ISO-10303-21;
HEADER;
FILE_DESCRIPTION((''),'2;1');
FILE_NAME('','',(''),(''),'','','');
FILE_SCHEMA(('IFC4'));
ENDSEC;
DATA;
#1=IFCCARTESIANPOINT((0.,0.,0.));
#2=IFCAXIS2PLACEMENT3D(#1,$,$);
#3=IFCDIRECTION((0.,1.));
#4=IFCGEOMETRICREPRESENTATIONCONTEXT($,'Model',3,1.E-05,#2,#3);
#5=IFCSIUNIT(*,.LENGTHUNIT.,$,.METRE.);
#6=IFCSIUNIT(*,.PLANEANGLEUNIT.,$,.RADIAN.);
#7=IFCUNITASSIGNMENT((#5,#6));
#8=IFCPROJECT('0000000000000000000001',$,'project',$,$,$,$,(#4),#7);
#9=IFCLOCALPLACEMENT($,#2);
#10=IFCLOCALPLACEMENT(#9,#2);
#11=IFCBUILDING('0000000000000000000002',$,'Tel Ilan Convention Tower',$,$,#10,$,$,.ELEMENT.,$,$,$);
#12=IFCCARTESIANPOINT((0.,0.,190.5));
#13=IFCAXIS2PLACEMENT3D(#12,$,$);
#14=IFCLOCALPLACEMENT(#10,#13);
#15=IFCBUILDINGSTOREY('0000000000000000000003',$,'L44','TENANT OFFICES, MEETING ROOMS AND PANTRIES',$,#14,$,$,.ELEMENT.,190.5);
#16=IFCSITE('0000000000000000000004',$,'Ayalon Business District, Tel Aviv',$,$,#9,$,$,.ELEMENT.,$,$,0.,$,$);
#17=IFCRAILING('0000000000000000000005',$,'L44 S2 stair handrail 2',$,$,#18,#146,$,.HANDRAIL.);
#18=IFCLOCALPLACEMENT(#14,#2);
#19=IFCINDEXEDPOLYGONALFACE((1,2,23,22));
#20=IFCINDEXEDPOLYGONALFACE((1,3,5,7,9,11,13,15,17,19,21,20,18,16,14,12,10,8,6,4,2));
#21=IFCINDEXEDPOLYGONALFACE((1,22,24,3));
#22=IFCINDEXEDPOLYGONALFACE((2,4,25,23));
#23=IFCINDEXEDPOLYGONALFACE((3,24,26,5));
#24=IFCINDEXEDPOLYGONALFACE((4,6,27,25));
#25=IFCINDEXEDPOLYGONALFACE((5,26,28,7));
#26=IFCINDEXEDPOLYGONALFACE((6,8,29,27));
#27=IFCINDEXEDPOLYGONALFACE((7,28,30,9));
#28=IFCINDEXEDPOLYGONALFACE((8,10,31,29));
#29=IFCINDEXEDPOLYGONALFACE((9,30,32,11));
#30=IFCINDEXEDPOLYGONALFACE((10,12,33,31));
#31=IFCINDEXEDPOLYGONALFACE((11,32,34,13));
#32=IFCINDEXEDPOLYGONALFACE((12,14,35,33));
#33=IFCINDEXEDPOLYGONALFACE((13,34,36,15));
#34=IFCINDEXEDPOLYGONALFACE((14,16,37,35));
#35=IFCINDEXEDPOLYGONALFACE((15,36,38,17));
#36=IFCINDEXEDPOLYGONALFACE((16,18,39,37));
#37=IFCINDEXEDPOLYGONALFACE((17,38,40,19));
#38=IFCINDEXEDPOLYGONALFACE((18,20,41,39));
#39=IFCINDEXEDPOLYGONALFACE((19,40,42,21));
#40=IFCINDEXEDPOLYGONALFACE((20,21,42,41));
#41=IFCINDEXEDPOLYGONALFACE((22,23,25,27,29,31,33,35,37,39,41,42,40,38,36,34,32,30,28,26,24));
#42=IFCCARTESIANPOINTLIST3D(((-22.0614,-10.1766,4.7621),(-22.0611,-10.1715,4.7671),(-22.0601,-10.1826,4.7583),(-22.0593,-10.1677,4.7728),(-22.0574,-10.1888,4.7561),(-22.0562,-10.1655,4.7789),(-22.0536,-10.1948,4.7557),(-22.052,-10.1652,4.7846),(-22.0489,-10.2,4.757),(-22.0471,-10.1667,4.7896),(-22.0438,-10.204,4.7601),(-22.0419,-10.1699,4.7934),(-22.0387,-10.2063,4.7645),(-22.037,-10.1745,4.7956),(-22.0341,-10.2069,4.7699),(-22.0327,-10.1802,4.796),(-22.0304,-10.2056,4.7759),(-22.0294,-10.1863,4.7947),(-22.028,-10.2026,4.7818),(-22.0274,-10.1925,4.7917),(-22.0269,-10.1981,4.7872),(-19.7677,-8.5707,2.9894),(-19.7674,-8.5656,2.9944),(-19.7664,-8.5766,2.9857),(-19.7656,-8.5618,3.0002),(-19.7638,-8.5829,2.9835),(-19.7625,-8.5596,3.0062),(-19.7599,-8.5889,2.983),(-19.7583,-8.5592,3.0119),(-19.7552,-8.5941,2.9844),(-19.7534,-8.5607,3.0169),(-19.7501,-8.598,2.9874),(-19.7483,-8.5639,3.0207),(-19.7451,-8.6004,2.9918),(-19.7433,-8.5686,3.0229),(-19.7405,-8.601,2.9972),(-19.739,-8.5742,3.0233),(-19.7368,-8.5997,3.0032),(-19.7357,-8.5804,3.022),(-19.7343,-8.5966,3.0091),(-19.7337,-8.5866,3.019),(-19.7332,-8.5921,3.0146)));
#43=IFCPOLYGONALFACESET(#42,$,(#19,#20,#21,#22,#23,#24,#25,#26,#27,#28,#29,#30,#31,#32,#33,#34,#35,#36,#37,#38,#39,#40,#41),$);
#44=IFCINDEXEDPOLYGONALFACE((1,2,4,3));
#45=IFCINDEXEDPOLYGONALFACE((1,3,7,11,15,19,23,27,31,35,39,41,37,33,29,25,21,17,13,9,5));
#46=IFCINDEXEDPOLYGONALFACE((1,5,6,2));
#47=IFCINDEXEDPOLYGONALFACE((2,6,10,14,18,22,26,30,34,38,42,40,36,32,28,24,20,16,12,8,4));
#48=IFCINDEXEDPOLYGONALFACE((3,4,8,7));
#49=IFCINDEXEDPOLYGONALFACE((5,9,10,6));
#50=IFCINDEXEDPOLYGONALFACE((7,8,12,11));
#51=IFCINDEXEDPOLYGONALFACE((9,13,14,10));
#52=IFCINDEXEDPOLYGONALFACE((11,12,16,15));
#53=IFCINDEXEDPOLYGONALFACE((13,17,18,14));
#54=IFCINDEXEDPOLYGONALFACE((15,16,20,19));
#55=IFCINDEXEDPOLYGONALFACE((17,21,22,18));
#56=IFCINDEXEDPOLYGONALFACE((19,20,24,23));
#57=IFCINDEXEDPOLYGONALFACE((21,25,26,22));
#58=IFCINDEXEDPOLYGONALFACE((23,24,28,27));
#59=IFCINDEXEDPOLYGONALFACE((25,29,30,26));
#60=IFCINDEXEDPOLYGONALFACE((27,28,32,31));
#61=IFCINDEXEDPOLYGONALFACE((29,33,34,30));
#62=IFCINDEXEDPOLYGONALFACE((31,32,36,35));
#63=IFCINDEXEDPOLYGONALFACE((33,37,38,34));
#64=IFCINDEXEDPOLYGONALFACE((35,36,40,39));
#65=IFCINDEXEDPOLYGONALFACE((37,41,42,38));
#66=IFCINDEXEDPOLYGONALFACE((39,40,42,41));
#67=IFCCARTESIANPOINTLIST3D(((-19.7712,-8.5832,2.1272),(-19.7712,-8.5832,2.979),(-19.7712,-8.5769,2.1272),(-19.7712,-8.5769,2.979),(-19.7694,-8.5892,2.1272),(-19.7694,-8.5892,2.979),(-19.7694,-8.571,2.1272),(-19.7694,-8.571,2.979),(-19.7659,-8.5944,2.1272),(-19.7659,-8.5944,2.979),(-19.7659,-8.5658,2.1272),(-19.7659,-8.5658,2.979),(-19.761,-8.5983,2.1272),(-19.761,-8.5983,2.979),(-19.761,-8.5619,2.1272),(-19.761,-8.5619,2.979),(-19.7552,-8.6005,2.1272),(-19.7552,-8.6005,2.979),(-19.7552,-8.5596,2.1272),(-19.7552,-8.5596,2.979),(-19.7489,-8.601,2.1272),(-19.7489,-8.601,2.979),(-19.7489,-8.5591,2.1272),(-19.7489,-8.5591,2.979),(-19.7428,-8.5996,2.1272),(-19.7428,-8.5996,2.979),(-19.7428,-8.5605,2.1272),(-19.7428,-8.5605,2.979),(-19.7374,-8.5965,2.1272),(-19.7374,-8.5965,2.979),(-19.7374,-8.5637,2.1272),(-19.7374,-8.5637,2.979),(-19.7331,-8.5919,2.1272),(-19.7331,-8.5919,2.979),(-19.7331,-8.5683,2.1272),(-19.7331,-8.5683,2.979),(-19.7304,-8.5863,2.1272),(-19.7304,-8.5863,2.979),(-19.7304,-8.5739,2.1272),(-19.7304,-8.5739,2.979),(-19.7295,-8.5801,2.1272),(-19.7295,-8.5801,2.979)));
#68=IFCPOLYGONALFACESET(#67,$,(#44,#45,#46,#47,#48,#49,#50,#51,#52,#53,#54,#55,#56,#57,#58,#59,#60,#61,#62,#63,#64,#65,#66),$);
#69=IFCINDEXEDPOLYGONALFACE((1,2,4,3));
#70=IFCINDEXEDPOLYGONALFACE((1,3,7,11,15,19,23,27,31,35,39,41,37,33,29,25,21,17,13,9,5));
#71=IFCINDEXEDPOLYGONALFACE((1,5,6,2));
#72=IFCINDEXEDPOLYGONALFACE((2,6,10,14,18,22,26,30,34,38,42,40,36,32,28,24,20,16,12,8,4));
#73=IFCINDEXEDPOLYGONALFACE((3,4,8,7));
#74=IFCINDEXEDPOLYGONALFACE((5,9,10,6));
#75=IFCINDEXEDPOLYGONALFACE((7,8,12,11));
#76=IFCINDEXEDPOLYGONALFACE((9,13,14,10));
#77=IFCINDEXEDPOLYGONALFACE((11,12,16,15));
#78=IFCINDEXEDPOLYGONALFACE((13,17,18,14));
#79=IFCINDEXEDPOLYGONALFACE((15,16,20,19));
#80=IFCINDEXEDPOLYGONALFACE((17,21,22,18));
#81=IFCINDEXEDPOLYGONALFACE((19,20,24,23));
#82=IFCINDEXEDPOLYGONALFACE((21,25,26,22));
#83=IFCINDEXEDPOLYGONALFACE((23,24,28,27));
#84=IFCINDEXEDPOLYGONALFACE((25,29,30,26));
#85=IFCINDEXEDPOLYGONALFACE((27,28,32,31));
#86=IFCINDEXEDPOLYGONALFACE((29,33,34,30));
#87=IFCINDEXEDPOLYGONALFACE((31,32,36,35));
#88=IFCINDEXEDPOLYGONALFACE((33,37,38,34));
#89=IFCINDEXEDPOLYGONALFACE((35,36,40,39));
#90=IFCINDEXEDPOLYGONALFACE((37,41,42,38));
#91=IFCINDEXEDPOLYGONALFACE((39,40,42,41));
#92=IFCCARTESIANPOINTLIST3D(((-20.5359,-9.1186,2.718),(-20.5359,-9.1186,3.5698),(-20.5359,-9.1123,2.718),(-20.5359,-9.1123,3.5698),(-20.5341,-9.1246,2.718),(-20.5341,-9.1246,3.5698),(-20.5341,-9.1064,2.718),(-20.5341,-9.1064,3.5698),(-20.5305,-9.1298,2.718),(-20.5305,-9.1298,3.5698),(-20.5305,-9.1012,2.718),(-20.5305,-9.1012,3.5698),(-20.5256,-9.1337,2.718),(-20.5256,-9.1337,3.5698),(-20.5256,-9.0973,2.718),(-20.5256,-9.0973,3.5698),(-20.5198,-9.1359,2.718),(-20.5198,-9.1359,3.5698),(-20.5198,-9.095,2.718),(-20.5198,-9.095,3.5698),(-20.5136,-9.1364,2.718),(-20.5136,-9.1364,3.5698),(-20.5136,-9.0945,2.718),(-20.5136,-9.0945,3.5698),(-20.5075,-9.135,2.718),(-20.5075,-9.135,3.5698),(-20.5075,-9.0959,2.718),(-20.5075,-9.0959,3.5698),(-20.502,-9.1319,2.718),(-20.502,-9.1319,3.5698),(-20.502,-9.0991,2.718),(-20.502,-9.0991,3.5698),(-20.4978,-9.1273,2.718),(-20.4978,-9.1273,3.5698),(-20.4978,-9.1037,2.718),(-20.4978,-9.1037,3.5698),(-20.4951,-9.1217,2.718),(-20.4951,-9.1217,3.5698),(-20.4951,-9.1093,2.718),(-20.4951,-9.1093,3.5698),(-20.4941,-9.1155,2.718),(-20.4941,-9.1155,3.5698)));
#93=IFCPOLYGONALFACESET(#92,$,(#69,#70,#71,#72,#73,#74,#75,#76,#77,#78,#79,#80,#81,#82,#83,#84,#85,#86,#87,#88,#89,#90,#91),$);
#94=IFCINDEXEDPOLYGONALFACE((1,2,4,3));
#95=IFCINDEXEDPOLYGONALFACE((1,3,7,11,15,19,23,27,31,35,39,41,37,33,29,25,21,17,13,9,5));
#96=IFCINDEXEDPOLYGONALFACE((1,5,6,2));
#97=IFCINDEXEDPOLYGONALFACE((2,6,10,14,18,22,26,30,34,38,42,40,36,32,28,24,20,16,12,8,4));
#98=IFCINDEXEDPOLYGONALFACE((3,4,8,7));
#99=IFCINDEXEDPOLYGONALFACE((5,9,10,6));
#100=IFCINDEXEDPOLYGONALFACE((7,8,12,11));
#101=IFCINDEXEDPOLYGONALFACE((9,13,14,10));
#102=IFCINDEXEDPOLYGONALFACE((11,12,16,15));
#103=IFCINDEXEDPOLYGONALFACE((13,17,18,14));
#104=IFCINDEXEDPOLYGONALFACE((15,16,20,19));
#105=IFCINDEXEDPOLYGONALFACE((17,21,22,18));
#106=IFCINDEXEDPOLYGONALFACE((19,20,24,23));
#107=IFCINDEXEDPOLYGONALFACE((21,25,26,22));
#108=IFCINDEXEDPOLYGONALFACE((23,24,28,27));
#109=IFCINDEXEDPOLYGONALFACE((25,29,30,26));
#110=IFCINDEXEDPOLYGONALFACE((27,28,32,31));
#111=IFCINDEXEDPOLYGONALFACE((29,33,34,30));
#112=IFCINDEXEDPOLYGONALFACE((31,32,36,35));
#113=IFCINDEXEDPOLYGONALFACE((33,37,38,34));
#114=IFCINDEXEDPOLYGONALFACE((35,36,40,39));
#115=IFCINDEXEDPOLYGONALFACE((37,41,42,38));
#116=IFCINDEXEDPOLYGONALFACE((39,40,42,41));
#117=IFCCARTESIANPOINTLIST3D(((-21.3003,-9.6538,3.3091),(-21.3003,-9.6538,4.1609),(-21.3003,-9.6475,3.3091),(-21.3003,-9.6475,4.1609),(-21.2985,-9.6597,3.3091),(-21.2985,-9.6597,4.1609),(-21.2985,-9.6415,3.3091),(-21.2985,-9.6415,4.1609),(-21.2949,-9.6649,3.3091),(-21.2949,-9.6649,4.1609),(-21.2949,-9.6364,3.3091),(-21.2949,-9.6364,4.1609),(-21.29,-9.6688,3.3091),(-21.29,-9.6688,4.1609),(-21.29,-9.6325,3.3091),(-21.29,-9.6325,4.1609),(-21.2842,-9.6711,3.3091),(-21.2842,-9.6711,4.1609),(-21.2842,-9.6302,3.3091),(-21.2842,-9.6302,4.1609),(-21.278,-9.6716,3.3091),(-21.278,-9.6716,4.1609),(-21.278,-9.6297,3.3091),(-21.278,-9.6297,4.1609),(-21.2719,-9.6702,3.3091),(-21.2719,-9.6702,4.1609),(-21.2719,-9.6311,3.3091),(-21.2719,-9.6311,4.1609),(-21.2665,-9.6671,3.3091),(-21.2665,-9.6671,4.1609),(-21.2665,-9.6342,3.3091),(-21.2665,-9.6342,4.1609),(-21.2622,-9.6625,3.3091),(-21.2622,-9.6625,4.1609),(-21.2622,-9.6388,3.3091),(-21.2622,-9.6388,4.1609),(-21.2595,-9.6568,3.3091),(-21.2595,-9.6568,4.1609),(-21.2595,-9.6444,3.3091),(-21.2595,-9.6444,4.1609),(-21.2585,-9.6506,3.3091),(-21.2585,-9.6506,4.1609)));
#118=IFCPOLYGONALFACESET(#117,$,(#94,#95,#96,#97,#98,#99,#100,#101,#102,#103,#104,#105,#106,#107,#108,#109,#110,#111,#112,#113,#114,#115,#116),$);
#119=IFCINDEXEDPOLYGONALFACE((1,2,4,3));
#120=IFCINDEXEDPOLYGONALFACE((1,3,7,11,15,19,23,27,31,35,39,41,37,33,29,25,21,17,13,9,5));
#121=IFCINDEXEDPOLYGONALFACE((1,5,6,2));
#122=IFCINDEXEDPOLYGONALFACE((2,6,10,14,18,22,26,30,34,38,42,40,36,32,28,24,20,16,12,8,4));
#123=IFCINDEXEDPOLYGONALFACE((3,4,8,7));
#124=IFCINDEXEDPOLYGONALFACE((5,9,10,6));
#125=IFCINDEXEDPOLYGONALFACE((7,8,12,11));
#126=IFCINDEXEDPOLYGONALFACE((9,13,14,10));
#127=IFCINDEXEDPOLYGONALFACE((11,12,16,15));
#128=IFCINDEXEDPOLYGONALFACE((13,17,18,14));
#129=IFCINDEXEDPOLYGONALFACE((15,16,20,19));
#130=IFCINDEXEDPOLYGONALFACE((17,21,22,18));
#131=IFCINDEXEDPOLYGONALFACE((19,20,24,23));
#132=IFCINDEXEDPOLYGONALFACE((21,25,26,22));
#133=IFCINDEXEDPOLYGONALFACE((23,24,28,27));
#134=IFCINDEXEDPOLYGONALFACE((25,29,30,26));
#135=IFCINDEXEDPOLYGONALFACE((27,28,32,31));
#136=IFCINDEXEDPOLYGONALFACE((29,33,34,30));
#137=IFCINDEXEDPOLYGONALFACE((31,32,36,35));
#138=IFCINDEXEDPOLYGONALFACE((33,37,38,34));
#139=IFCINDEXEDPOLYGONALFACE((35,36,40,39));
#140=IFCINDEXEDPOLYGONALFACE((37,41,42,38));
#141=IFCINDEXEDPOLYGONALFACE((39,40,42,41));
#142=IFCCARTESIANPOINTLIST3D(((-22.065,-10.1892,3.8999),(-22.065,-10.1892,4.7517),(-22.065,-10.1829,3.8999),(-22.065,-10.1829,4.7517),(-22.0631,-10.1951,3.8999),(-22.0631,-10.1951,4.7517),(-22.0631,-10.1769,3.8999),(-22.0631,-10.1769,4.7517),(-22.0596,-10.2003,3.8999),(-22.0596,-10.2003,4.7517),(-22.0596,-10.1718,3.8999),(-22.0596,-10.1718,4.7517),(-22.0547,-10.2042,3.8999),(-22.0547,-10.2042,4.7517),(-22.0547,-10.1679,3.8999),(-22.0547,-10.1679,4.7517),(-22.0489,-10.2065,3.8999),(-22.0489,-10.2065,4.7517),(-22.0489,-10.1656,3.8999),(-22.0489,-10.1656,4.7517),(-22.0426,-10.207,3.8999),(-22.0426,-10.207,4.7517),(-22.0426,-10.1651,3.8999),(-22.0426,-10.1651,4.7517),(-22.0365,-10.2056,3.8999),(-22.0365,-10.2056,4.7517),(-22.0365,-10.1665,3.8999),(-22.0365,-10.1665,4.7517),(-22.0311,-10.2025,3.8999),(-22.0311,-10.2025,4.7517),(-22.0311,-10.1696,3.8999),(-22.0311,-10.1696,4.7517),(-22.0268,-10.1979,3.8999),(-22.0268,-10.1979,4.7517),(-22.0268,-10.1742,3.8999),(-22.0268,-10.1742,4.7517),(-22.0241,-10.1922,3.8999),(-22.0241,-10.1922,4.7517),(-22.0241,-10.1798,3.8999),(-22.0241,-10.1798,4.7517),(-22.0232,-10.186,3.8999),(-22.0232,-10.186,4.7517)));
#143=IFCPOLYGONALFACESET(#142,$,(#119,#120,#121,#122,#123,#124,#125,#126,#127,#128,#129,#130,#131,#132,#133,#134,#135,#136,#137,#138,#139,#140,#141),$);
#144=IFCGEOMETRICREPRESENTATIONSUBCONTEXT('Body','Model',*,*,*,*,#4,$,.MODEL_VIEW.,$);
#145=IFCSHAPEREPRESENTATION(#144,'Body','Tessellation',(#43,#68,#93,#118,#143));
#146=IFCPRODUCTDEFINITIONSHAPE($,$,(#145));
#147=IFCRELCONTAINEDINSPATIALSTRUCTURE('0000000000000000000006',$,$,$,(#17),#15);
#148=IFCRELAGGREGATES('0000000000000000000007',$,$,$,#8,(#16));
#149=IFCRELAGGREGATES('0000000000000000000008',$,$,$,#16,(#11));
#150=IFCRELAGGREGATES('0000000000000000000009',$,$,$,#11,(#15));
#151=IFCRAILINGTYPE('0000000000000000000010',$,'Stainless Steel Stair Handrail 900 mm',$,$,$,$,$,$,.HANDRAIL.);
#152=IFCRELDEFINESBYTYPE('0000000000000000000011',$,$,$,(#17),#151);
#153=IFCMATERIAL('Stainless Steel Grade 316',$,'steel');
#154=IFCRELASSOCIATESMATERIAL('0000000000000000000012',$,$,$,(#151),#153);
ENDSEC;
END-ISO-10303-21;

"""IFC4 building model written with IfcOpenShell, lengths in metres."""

from ifc_helpers import new_model, si_unit, direction, frame, origin, origin_2d, place, context, subcontext, project, spatial, circle, extrude, material, type_object, element, save


model = new_model("IFC4")

# Units and contexts
model_context = context("Model", 3, precision=1e-05, world=origin(), true_north=direction((0.0, 1.0)))
body_context = subcontext(model_context, "Body", "Model", "MODEL_VIEW")
ifc_project = project(units=[si_unit("LENGTHUNIT", "METRE"), si_unit("PLANEANGLEUNIT", "RADIAN")], contexts=[model_context])

# Site, building, storey
site_placement = place(None, origin())
site = spatial("IfcSite", under=ifc_project, at=site_placement, Name="Ayalon Business District, Tel Aviv", CompositionType="ELEMENT", RefElevation=0.0)
building_placement = place(site_placement, origin())
building = spatial("IfcBuilding", under=site, at=building_placement, Name="Tel Ilan Convention Tower", CompositionType="ELEMENT")
storey_placement = place(building_placement, frame((0.0, 0.0, 190.5)))
storey = spatial("IfcBuildingStorey", under=building, at=storey_placement, Name="L44", Description="TENANT OFFICES, MEETING ROOMS AND PANTRIES", CompositionType="ELEMENT", Elevation=190.5)

# Railing
ifc_material_1 = material(Name="Stainless Steel Grade 316", Category="steel")
railing_type_1 = type_object("IfcRailingType", Name="Stainless Steel Stair Handrail 900 mm", PredefinedType="HANDRAIL", material=ifc_material_1)
railing_1_placement = place(storey_placement, frame((-19.7505, -8.5801, 2.1272)))
element("IfcRailing", 1, at=railing_1_placement, inside=storey, type_object=railing_type_1, Name="L44 S2 stair handrail 2", PredefinedType="HANDRAIL", context=body_context, shape_type="SweptSolid", body=[
    extrude(circle(Radius=0.0239, at=origin_2d()), frame((0.0, 0.0, 0.876), z_axis=(-0.692123, -0.484597, 0.534913), x_axis=(0.57355, -0.81917, 0.0)), (0.0, 0.0, 1.0), 3.314),
    extrude(circle(Radius=0.021, at=origin_2d()), origin(), (0.0, 0.0, 1.0), 0.8518),
    extrude(circle(Radius=0.021, at=origin_2d()), frame((-0.7646, -0.5354, 0.5908)), (0.0, 0.0, 1.0), 0.8518),
    extrude(circle(Radius=0.021, at=origin_2d()), frame((-1.5291, -1.0706, 1.1819)), (0.0, 0.0, 1.0), 0.8518),
    extrude(circle(Radius=0.021, at=origin_2d()), frame((-2.2937, -1.606, 1.7727)), (0.0, 0.0, 1.0), 0.8518),
])

save(model, "model.ifc")
